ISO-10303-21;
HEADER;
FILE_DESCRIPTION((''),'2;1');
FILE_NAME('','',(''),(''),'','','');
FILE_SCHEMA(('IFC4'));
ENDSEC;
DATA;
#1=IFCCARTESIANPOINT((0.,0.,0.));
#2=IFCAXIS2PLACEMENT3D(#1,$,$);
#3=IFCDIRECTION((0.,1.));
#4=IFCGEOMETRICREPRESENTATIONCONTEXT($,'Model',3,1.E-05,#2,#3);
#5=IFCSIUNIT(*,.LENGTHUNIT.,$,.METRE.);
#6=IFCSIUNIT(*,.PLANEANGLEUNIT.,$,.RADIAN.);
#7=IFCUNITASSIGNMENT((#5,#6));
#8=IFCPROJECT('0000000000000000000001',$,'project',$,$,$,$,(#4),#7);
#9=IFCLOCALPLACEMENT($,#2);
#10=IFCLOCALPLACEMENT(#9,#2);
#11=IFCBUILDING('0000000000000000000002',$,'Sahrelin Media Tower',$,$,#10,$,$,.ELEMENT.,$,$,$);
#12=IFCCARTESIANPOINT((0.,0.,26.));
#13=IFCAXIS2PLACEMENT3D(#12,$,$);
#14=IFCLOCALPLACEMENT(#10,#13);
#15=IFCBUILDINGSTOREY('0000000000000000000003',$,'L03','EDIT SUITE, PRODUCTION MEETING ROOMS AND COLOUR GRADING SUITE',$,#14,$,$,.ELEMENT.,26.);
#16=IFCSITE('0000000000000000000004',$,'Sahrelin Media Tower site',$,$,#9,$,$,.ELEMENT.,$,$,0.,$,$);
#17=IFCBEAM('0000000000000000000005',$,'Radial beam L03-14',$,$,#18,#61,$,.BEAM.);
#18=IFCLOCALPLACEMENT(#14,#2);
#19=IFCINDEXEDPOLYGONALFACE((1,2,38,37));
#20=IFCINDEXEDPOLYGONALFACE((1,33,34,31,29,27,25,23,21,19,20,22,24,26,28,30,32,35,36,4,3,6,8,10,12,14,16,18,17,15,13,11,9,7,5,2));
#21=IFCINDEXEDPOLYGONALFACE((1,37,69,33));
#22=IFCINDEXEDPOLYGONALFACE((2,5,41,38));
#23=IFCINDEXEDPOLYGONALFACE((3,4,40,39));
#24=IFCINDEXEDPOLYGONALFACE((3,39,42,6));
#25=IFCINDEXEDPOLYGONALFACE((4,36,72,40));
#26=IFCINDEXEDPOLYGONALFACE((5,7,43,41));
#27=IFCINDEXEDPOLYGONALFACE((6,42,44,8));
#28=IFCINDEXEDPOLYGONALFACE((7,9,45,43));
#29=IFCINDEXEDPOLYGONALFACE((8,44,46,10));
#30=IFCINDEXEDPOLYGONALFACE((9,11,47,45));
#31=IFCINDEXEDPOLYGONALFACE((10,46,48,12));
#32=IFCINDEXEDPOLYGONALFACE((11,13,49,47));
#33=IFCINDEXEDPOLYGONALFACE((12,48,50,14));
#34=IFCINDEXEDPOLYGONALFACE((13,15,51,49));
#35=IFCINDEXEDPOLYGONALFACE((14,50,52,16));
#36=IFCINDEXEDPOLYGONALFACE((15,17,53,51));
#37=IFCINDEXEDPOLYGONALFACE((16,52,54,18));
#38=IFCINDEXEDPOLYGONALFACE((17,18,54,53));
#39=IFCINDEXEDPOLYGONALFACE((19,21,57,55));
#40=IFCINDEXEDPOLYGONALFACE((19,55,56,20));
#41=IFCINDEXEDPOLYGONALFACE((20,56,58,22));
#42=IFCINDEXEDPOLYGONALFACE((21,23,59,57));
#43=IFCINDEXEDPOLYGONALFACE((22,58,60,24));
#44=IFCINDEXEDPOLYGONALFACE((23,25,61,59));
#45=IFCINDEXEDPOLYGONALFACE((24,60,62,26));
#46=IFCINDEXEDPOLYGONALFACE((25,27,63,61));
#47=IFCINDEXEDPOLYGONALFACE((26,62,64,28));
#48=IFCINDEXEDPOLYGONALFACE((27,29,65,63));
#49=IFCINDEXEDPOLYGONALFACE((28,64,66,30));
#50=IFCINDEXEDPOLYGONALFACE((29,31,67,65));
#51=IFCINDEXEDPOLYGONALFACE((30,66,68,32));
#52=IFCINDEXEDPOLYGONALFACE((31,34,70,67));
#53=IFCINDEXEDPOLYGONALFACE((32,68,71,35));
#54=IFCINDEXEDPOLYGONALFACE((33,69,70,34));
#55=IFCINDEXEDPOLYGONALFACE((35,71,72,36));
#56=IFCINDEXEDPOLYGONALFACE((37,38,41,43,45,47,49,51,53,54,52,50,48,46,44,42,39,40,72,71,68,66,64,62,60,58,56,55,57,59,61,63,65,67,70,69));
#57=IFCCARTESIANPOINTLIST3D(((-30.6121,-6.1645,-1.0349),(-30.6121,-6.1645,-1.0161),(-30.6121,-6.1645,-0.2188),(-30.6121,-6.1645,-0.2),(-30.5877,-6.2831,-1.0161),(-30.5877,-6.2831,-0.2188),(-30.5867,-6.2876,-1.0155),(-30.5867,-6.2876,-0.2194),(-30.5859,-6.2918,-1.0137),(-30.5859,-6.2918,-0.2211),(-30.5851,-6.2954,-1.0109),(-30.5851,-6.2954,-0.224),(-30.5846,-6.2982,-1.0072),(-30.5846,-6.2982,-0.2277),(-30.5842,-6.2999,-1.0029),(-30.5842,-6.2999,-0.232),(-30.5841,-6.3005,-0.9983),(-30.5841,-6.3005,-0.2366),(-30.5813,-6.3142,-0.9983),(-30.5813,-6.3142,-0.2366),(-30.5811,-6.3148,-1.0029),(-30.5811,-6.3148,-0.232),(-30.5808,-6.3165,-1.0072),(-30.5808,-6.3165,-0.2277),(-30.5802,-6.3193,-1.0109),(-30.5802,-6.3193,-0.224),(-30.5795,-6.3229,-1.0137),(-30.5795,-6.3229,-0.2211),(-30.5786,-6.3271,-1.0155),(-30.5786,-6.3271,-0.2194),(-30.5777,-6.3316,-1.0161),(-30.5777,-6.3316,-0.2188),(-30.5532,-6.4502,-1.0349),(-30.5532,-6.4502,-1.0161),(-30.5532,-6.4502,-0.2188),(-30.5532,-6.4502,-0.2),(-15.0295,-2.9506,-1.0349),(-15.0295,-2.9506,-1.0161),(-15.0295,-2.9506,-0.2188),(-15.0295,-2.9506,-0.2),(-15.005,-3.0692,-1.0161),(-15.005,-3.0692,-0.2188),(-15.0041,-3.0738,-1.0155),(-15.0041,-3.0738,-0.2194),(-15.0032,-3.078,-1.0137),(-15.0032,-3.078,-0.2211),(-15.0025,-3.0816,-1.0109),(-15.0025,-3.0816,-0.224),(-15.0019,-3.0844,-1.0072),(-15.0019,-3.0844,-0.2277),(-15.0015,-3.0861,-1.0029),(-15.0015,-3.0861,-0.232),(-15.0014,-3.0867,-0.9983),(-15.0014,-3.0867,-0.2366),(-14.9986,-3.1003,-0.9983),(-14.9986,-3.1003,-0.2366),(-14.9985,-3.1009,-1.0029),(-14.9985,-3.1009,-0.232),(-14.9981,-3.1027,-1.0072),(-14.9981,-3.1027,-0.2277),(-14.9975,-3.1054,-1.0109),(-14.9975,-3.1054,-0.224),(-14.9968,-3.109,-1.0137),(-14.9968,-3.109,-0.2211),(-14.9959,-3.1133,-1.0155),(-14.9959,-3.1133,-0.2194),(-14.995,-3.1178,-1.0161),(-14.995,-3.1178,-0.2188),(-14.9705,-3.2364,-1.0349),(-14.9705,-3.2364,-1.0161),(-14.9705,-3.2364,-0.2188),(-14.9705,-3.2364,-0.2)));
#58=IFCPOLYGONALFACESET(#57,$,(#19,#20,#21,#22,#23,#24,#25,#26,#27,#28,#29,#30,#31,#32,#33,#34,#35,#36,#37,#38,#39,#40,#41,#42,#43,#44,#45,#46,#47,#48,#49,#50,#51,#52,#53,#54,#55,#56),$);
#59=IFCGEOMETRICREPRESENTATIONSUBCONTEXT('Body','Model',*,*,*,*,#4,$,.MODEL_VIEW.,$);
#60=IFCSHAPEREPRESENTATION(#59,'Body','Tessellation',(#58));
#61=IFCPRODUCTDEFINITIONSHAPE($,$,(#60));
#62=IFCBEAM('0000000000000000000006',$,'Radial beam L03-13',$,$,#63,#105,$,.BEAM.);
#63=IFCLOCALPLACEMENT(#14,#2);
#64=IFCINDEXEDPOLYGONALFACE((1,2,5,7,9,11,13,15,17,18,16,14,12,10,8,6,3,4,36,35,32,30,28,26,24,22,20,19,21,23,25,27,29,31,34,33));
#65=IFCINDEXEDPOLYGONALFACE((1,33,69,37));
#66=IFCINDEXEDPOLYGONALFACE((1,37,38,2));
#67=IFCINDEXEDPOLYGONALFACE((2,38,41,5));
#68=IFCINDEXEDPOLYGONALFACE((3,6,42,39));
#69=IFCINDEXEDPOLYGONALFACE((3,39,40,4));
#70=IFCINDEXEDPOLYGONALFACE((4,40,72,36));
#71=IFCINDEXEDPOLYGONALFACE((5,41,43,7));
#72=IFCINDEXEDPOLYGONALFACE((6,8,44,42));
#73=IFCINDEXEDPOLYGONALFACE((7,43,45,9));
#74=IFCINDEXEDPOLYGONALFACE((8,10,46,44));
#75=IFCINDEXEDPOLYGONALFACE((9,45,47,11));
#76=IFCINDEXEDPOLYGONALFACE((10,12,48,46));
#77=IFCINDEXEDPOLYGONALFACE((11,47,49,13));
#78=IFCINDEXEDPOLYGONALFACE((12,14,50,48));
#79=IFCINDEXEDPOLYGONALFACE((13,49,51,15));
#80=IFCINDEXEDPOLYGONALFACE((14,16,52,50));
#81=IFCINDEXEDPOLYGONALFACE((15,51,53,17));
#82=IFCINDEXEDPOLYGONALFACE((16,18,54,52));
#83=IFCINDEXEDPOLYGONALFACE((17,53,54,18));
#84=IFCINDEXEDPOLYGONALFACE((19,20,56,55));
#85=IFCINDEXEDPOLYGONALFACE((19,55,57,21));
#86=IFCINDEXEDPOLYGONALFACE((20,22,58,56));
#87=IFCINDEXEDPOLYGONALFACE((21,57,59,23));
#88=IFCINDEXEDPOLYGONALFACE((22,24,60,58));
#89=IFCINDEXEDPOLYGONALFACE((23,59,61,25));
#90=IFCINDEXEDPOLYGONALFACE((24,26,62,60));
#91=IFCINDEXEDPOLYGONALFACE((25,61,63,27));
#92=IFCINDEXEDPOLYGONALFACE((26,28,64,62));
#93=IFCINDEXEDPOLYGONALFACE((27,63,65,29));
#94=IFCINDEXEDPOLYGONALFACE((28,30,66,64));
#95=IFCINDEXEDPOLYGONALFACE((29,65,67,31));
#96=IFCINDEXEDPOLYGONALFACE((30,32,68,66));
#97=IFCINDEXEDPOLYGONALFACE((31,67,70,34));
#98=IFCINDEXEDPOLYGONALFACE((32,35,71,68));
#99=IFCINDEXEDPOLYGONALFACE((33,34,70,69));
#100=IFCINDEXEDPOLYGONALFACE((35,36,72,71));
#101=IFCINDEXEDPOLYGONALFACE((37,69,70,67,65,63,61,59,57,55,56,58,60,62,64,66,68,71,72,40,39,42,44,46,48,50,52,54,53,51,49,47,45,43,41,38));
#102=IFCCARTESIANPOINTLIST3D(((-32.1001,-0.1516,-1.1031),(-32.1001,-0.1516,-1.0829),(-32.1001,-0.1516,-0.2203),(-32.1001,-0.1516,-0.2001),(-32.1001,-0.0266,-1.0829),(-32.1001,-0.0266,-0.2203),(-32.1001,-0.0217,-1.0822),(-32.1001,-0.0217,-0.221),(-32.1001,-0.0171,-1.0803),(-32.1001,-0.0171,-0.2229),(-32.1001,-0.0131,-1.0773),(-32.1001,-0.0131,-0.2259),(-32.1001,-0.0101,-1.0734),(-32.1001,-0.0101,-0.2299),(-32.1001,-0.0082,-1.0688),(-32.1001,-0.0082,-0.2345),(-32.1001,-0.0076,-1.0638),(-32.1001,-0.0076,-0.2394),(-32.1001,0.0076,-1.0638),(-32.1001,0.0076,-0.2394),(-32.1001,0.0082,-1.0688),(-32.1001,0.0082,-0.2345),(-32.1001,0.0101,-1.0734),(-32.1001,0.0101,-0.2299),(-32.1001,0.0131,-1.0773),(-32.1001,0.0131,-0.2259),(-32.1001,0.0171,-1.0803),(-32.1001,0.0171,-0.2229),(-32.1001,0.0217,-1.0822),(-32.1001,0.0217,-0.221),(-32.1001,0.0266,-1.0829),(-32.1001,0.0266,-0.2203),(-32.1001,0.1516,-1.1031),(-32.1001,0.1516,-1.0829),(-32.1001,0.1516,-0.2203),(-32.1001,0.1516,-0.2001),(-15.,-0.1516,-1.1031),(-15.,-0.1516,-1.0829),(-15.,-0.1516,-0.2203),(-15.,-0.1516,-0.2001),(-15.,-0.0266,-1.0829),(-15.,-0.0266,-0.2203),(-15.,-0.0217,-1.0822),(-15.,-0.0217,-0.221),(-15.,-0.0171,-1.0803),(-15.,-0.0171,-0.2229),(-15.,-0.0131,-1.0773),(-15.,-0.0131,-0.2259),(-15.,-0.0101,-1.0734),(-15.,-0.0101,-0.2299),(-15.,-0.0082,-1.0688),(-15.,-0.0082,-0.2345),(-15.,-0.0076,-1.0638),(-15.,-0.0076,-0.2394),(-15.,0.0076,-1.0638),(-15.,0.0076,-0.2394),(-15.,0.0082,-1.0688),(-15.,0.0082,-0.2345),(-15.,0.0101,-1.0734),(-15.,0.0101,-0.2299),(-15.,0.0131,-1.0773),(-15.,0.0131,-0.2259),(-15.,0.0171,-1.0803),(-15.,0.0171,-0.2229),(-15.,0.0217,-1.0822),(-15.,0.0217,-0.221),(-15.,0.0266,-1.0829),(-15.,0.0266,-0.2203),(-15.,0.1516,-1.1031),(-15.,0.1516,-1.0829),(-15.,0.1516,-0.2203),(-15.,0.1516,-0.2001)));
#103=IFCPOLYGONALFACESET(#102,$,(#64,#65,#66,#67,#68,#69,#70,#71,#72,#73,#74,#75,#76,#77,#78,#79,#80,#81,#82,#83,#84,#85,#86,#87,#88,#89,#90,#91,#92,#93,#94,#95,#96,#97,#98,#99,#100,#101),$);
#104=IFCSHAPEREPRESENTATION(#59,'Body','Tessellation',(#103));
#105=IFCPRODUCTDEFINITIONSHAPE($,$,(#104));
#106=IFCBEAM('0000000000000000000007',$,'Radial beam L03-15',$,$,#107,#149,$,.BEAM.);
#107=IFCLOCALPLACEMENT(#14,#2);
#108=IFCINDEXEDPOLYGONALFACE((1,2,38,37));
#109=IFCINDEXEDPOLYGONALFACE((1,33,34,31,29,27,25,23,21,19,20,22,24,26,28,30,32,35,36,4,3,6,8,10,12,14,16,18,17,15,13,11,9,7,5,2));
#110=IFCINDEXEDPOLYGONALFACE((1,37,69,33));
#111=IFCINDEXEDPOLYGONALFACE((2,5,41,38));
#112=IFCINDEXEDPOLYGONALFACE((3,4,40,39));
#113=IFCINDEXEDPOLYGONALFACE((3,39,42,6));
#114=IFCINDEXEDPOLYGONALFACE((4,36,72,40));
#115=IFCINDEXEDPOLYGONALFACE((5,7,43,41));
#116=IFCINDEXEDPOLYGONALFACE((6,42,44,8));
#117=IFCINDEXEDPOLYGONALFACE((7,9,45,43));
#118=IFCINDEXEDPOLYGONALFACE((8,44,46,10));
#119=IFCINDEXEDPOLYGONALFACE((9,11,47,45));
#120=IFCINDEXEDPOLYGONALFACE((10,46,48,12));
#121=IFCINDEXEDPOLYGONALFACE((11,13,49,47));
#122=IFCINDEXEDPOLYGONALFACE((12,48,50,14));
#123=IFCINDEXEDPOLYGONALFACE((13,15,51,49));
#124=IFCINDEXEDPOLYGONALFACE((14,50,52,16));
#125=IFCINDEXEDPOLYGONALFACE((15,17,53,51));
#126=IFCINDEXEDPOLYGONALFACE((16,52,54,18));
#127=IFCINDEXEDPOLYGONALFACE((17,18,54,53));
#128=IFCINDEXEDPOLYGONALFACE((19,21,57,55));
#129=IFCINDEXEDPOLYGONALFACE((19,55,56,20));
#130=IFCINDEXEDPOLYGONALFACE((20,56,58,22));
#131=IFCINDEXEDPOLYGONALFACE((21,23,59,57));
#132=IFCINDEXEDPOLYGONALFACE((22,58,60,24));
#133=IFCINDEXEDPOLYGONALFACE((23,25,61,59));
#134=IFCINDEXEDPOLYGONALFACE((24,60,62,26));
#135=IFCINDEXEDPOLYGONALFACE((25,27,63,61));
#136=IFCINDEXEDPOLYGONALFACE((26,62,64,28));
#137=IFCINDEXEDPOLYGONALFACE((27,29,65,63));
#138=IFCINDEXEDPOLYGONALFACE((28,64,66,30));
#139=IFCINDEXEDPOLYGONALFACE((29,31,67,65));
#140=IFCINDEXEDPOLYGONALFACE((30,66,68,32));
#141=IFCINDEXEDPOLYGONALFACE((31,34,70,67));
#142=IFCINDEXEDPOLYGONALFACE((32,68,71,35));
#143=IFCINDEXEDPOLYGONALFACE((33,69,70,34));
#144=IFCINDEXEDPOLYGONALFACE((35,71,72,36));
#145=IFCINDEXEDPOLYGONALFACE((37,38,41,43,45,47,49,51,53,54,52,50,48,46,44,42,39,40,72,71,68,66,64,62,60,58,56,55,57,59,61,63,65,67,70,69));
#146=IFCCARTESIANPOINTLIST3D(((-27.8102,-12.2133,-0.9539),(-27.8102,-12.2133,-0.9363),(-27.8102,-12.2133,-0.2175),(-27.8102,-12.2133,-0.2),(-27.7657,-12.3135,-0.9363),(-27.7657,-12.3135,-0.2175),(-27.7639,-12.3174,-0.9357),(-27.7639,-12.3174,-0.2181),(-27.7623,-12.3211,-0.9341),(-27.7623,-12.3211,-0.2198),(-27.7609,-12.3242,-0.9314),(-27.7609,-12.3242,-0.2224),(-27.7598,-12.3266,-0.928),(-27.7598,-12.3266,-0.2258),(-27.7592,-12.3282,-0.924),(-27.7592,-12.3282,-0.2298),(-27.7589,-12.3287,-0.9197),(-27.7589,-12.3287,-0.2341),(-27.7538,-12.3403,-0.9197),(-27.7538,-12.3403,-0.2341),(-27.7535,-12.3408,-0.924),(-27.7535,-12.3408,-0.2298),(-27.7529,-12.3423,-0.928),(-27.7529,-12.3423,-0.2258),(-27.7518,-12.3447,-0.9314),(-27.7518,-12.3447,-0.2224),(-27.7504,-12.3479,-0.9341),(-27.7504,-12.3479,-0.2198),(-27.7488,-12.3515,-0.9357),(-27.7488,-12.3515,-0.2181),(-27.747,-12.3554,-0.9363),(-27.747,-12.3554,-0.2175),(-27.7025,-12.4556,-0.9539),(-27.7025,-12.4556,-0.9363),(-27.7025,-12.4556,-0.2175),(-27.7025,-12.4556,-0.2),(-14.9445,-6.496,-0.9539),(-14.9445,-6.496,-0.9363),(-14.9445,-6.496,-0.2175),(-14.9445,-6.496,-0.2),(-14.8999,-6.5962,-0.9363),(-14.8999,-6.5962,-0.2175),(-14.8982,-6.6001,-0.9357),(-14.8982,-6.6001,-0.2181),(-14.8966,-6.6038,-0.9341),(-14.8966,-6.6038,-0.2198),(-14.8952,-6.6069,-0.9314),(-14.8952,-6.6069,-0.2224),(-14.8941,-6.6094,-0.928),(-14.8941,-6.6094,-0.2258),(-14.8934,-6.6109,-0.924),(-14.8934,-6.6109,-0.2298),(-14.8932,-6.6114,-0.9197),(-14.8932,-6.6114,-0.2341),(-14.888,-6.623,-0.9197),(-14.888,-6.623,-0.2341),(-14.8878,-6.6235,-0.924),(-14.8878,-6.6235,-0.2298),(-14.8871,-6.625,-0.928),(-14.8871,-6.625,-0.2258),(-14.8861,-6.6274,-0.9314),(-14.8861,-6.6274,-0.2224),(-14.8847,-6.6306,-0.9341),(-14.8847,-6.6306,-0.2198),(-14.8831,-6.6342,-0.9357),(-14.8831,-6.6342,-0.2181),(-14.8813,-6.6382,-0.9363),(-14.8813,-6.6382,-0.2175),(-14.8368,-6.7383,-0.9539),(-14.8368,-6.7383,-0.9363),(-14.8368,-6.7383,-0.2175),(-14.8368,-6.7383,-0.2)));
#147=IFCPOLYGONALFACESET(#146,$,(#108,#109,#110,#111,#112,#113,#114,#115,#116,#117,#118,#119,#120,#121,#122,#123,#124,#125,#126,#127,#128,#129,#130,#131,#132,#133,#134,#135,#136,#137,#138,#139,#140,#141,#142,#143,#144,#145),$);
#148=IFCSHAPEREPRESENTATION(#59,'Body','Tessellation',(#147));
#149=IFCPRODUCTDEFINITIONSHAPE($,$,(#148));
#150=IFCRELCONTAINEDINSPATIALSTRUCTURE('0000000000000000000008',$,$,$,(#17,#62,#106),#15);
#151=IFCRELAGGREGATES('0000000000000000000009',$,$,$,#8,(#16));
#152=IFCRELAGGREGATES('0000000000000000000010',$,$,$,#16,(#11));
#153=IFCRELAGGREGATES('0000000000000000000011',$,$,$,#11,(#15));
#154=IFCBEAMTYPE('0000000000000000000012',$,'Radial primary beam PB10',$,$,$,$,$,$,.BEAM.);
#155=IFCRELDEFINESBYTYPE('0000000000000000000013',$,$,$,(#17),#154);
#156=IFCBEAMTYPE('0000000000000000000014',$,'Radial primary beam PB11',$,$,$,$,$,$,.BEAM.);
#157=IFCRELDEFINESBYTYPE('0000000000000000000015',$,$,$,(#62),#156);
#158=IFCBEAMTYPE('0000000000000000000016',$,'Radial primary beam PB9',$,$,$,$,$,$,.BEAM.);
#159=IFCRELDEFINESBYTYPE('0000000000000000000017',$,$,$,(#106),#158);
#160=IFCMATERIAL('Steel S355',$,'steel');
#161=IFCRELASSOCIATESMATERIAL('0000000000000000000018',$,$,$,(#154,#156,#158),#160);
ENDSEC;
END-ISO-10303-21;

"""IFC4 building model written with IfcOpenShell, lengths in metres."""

from ifc_helpers import new_model, si_unit, direction, frame, origin, origin_2d, place, context, subcontext, project, spatial, i_section, extrude, material, material_profile, profile_set, type_object, element, save


model = new_model("IFC4")

# Units and contexts
model_context = context("Model", 3, precision=1e-05, world=origin(), true_north=direction((0.0, 1.0)))
body_context = subcontext(model_context, "Body", "Model", "MODEL_VIEW")
ifc_project = project(units=[si_unit("LENGTHUNIT", "METRE"), si_unit("PLANEANGLEUNIT", "RADIAN")], contexts=[model_context])

# Site, building, storey
site_placement = place(None, origin())
site = spatial("IfcSite", under=ifc_project, at=site_placement, Name="Sahrelin Media Tower site", CompositionType="ELEMENT", RefElevation=0.0)
building_placement = place(site_placement, origin())
building = spatial("IfcBuilding", under=site, at=building_placement, Name="Sahrelin Media Tower", CompositionType="ELEMENT")
storey_placement = place(building_placement, frame((0.0, 0.0, 26.0)))
storey = spatial("IfcBuildingStorey", under=building, at=storey_placement, Name="L03", Description="EDIT SUITE, PRODUCTION MEETING ROOMS AND COLOUR GRADING SUITE", CompositionType="ELEMENT", Elevation=26.0)

# Beams
ifc_material_1 = material(Name="Steel S355", Category="steel")
ifc_material_profile_1 = material_profile(ifc_material_1, i_section(OverallWidth=0.2917, OverallDepth=0.835, WebThickness=0.0139, FlangeThickness=0.0188, FilletRadius=0.0178, at=origin_2d()), Name="UB 838x292x176")
ifc_profile_set_1 = profile_set([ifc_material_profile_1], Name="Steel S355")
beam_type_1 = type_object("IfcBeamType", Name="Radial primary beam PB10", PredefinedType="BEAM", material=ifc_profile_set_1)
beam_1_placement = place(storey_placement, frame((-15.0, -3.0935, -0.6174), z_axis=(-0.979387, -0.201994, 0.0), x_axis=(0.201994, -0.979387, 0.0)))
element("IfcBeam", 1, at=beam_1_placement, inside=storey, type_object=beam_type_1, Name="Radial beam L03-14", PredefinedType="BEAM", context=body_context, shape_type="SweptSolid", body=[
    extrude(i_section(OverallWidth=0.2917, OverallDepth=0.835, WebThickness=0.0139, FlangeThickness=0.0188, FilletRadius=0.0178, at=origin_2d()), origin(), (0.0, 0.0, 1.0), 15.9106),
])
ifc_material_profile_2 = material_profile(ifc_material_1, i_section(OverallWidth=0.3032, OverallDepth=0.9031, WebThickness=0.0151, FlangeThickness=0.0203, FilletRadius=0.019, at=origin_2d()), Name="UB 914x305x201")
ifc_profile_set_2 = profile_set([ifc_material_profile_2], Name="Steel S355")
beam_type_2 = type_object("IfcBeamType", Name="Radial primary beam PB11", PredefinedType="BEAM", material=ifc_profile_set_2)
beam_2_placement = place(storey_placement, frame((-15.0, 0.0, -0.6516), z_axis=(-1.0, 0.0, 0.0), x_axis=(0.0, -1.0, 0.0)))
element("IfcBeam", 2, at=beam_2_placement, inside=storey, type_object=beam_type_2, Name="Radial beam L03-13", PredefinedType="BEAM", context=body_context, shape_type="SweptSolid", body=[
    extrude(i_section(OverallWidth=0.3032, OverallDepth=0.9031, WebThickness=0.0151, FlangeThickness=0.0203, FilletRadius=0.019, at=origin_2d()), origin(), (0.0, 0.0, 1.0), 17.1001),
])
ifc_material_profile_3 = material_profile(ifc_material_1, i_section(OverallWidth=0.2651, OverallDepth=0.7539, WebThickness=0.0127, FlangeThickness=0.0176, FilletRadius=0.0166, at=origin_2d()), Name="UB 762x267x147")
ifc_profile_set_3 = profile_set([ifc_material_profile_3], Name="Steel S355")
beam_type_3 = type_object("IfcBeamType", Name="Radial primary beam PB9", PredefinedType="BEAM", material=ifc_profile_set_3)
beam_3_placement = place(storey_placement, frame((-14.8906, -6.6172, -0.5769), z_axis=(-0.913833, -0.40609, 0.0), x_axis=(0.40609, -0.913833, 0.0)))
element("IfcBeam", 3, at=beam_3_placement, inside=storey, type_object=beam_type_3, Name="Radial beam L03-15", PredefinedType="BEAM", context=body_context, shape_type="SweptSolid", body=[
    extrude(i_section(OverallWidth=0.2651, OverallDepth=0.7539, WebThickness=0.0127, FlangeThickness=0.0176, FilletRadius=0.0166, at=origin_2d()), origin(), (0.0, 0.0, 1.0), 14.0789),
])

save(model, "model.ifc")
